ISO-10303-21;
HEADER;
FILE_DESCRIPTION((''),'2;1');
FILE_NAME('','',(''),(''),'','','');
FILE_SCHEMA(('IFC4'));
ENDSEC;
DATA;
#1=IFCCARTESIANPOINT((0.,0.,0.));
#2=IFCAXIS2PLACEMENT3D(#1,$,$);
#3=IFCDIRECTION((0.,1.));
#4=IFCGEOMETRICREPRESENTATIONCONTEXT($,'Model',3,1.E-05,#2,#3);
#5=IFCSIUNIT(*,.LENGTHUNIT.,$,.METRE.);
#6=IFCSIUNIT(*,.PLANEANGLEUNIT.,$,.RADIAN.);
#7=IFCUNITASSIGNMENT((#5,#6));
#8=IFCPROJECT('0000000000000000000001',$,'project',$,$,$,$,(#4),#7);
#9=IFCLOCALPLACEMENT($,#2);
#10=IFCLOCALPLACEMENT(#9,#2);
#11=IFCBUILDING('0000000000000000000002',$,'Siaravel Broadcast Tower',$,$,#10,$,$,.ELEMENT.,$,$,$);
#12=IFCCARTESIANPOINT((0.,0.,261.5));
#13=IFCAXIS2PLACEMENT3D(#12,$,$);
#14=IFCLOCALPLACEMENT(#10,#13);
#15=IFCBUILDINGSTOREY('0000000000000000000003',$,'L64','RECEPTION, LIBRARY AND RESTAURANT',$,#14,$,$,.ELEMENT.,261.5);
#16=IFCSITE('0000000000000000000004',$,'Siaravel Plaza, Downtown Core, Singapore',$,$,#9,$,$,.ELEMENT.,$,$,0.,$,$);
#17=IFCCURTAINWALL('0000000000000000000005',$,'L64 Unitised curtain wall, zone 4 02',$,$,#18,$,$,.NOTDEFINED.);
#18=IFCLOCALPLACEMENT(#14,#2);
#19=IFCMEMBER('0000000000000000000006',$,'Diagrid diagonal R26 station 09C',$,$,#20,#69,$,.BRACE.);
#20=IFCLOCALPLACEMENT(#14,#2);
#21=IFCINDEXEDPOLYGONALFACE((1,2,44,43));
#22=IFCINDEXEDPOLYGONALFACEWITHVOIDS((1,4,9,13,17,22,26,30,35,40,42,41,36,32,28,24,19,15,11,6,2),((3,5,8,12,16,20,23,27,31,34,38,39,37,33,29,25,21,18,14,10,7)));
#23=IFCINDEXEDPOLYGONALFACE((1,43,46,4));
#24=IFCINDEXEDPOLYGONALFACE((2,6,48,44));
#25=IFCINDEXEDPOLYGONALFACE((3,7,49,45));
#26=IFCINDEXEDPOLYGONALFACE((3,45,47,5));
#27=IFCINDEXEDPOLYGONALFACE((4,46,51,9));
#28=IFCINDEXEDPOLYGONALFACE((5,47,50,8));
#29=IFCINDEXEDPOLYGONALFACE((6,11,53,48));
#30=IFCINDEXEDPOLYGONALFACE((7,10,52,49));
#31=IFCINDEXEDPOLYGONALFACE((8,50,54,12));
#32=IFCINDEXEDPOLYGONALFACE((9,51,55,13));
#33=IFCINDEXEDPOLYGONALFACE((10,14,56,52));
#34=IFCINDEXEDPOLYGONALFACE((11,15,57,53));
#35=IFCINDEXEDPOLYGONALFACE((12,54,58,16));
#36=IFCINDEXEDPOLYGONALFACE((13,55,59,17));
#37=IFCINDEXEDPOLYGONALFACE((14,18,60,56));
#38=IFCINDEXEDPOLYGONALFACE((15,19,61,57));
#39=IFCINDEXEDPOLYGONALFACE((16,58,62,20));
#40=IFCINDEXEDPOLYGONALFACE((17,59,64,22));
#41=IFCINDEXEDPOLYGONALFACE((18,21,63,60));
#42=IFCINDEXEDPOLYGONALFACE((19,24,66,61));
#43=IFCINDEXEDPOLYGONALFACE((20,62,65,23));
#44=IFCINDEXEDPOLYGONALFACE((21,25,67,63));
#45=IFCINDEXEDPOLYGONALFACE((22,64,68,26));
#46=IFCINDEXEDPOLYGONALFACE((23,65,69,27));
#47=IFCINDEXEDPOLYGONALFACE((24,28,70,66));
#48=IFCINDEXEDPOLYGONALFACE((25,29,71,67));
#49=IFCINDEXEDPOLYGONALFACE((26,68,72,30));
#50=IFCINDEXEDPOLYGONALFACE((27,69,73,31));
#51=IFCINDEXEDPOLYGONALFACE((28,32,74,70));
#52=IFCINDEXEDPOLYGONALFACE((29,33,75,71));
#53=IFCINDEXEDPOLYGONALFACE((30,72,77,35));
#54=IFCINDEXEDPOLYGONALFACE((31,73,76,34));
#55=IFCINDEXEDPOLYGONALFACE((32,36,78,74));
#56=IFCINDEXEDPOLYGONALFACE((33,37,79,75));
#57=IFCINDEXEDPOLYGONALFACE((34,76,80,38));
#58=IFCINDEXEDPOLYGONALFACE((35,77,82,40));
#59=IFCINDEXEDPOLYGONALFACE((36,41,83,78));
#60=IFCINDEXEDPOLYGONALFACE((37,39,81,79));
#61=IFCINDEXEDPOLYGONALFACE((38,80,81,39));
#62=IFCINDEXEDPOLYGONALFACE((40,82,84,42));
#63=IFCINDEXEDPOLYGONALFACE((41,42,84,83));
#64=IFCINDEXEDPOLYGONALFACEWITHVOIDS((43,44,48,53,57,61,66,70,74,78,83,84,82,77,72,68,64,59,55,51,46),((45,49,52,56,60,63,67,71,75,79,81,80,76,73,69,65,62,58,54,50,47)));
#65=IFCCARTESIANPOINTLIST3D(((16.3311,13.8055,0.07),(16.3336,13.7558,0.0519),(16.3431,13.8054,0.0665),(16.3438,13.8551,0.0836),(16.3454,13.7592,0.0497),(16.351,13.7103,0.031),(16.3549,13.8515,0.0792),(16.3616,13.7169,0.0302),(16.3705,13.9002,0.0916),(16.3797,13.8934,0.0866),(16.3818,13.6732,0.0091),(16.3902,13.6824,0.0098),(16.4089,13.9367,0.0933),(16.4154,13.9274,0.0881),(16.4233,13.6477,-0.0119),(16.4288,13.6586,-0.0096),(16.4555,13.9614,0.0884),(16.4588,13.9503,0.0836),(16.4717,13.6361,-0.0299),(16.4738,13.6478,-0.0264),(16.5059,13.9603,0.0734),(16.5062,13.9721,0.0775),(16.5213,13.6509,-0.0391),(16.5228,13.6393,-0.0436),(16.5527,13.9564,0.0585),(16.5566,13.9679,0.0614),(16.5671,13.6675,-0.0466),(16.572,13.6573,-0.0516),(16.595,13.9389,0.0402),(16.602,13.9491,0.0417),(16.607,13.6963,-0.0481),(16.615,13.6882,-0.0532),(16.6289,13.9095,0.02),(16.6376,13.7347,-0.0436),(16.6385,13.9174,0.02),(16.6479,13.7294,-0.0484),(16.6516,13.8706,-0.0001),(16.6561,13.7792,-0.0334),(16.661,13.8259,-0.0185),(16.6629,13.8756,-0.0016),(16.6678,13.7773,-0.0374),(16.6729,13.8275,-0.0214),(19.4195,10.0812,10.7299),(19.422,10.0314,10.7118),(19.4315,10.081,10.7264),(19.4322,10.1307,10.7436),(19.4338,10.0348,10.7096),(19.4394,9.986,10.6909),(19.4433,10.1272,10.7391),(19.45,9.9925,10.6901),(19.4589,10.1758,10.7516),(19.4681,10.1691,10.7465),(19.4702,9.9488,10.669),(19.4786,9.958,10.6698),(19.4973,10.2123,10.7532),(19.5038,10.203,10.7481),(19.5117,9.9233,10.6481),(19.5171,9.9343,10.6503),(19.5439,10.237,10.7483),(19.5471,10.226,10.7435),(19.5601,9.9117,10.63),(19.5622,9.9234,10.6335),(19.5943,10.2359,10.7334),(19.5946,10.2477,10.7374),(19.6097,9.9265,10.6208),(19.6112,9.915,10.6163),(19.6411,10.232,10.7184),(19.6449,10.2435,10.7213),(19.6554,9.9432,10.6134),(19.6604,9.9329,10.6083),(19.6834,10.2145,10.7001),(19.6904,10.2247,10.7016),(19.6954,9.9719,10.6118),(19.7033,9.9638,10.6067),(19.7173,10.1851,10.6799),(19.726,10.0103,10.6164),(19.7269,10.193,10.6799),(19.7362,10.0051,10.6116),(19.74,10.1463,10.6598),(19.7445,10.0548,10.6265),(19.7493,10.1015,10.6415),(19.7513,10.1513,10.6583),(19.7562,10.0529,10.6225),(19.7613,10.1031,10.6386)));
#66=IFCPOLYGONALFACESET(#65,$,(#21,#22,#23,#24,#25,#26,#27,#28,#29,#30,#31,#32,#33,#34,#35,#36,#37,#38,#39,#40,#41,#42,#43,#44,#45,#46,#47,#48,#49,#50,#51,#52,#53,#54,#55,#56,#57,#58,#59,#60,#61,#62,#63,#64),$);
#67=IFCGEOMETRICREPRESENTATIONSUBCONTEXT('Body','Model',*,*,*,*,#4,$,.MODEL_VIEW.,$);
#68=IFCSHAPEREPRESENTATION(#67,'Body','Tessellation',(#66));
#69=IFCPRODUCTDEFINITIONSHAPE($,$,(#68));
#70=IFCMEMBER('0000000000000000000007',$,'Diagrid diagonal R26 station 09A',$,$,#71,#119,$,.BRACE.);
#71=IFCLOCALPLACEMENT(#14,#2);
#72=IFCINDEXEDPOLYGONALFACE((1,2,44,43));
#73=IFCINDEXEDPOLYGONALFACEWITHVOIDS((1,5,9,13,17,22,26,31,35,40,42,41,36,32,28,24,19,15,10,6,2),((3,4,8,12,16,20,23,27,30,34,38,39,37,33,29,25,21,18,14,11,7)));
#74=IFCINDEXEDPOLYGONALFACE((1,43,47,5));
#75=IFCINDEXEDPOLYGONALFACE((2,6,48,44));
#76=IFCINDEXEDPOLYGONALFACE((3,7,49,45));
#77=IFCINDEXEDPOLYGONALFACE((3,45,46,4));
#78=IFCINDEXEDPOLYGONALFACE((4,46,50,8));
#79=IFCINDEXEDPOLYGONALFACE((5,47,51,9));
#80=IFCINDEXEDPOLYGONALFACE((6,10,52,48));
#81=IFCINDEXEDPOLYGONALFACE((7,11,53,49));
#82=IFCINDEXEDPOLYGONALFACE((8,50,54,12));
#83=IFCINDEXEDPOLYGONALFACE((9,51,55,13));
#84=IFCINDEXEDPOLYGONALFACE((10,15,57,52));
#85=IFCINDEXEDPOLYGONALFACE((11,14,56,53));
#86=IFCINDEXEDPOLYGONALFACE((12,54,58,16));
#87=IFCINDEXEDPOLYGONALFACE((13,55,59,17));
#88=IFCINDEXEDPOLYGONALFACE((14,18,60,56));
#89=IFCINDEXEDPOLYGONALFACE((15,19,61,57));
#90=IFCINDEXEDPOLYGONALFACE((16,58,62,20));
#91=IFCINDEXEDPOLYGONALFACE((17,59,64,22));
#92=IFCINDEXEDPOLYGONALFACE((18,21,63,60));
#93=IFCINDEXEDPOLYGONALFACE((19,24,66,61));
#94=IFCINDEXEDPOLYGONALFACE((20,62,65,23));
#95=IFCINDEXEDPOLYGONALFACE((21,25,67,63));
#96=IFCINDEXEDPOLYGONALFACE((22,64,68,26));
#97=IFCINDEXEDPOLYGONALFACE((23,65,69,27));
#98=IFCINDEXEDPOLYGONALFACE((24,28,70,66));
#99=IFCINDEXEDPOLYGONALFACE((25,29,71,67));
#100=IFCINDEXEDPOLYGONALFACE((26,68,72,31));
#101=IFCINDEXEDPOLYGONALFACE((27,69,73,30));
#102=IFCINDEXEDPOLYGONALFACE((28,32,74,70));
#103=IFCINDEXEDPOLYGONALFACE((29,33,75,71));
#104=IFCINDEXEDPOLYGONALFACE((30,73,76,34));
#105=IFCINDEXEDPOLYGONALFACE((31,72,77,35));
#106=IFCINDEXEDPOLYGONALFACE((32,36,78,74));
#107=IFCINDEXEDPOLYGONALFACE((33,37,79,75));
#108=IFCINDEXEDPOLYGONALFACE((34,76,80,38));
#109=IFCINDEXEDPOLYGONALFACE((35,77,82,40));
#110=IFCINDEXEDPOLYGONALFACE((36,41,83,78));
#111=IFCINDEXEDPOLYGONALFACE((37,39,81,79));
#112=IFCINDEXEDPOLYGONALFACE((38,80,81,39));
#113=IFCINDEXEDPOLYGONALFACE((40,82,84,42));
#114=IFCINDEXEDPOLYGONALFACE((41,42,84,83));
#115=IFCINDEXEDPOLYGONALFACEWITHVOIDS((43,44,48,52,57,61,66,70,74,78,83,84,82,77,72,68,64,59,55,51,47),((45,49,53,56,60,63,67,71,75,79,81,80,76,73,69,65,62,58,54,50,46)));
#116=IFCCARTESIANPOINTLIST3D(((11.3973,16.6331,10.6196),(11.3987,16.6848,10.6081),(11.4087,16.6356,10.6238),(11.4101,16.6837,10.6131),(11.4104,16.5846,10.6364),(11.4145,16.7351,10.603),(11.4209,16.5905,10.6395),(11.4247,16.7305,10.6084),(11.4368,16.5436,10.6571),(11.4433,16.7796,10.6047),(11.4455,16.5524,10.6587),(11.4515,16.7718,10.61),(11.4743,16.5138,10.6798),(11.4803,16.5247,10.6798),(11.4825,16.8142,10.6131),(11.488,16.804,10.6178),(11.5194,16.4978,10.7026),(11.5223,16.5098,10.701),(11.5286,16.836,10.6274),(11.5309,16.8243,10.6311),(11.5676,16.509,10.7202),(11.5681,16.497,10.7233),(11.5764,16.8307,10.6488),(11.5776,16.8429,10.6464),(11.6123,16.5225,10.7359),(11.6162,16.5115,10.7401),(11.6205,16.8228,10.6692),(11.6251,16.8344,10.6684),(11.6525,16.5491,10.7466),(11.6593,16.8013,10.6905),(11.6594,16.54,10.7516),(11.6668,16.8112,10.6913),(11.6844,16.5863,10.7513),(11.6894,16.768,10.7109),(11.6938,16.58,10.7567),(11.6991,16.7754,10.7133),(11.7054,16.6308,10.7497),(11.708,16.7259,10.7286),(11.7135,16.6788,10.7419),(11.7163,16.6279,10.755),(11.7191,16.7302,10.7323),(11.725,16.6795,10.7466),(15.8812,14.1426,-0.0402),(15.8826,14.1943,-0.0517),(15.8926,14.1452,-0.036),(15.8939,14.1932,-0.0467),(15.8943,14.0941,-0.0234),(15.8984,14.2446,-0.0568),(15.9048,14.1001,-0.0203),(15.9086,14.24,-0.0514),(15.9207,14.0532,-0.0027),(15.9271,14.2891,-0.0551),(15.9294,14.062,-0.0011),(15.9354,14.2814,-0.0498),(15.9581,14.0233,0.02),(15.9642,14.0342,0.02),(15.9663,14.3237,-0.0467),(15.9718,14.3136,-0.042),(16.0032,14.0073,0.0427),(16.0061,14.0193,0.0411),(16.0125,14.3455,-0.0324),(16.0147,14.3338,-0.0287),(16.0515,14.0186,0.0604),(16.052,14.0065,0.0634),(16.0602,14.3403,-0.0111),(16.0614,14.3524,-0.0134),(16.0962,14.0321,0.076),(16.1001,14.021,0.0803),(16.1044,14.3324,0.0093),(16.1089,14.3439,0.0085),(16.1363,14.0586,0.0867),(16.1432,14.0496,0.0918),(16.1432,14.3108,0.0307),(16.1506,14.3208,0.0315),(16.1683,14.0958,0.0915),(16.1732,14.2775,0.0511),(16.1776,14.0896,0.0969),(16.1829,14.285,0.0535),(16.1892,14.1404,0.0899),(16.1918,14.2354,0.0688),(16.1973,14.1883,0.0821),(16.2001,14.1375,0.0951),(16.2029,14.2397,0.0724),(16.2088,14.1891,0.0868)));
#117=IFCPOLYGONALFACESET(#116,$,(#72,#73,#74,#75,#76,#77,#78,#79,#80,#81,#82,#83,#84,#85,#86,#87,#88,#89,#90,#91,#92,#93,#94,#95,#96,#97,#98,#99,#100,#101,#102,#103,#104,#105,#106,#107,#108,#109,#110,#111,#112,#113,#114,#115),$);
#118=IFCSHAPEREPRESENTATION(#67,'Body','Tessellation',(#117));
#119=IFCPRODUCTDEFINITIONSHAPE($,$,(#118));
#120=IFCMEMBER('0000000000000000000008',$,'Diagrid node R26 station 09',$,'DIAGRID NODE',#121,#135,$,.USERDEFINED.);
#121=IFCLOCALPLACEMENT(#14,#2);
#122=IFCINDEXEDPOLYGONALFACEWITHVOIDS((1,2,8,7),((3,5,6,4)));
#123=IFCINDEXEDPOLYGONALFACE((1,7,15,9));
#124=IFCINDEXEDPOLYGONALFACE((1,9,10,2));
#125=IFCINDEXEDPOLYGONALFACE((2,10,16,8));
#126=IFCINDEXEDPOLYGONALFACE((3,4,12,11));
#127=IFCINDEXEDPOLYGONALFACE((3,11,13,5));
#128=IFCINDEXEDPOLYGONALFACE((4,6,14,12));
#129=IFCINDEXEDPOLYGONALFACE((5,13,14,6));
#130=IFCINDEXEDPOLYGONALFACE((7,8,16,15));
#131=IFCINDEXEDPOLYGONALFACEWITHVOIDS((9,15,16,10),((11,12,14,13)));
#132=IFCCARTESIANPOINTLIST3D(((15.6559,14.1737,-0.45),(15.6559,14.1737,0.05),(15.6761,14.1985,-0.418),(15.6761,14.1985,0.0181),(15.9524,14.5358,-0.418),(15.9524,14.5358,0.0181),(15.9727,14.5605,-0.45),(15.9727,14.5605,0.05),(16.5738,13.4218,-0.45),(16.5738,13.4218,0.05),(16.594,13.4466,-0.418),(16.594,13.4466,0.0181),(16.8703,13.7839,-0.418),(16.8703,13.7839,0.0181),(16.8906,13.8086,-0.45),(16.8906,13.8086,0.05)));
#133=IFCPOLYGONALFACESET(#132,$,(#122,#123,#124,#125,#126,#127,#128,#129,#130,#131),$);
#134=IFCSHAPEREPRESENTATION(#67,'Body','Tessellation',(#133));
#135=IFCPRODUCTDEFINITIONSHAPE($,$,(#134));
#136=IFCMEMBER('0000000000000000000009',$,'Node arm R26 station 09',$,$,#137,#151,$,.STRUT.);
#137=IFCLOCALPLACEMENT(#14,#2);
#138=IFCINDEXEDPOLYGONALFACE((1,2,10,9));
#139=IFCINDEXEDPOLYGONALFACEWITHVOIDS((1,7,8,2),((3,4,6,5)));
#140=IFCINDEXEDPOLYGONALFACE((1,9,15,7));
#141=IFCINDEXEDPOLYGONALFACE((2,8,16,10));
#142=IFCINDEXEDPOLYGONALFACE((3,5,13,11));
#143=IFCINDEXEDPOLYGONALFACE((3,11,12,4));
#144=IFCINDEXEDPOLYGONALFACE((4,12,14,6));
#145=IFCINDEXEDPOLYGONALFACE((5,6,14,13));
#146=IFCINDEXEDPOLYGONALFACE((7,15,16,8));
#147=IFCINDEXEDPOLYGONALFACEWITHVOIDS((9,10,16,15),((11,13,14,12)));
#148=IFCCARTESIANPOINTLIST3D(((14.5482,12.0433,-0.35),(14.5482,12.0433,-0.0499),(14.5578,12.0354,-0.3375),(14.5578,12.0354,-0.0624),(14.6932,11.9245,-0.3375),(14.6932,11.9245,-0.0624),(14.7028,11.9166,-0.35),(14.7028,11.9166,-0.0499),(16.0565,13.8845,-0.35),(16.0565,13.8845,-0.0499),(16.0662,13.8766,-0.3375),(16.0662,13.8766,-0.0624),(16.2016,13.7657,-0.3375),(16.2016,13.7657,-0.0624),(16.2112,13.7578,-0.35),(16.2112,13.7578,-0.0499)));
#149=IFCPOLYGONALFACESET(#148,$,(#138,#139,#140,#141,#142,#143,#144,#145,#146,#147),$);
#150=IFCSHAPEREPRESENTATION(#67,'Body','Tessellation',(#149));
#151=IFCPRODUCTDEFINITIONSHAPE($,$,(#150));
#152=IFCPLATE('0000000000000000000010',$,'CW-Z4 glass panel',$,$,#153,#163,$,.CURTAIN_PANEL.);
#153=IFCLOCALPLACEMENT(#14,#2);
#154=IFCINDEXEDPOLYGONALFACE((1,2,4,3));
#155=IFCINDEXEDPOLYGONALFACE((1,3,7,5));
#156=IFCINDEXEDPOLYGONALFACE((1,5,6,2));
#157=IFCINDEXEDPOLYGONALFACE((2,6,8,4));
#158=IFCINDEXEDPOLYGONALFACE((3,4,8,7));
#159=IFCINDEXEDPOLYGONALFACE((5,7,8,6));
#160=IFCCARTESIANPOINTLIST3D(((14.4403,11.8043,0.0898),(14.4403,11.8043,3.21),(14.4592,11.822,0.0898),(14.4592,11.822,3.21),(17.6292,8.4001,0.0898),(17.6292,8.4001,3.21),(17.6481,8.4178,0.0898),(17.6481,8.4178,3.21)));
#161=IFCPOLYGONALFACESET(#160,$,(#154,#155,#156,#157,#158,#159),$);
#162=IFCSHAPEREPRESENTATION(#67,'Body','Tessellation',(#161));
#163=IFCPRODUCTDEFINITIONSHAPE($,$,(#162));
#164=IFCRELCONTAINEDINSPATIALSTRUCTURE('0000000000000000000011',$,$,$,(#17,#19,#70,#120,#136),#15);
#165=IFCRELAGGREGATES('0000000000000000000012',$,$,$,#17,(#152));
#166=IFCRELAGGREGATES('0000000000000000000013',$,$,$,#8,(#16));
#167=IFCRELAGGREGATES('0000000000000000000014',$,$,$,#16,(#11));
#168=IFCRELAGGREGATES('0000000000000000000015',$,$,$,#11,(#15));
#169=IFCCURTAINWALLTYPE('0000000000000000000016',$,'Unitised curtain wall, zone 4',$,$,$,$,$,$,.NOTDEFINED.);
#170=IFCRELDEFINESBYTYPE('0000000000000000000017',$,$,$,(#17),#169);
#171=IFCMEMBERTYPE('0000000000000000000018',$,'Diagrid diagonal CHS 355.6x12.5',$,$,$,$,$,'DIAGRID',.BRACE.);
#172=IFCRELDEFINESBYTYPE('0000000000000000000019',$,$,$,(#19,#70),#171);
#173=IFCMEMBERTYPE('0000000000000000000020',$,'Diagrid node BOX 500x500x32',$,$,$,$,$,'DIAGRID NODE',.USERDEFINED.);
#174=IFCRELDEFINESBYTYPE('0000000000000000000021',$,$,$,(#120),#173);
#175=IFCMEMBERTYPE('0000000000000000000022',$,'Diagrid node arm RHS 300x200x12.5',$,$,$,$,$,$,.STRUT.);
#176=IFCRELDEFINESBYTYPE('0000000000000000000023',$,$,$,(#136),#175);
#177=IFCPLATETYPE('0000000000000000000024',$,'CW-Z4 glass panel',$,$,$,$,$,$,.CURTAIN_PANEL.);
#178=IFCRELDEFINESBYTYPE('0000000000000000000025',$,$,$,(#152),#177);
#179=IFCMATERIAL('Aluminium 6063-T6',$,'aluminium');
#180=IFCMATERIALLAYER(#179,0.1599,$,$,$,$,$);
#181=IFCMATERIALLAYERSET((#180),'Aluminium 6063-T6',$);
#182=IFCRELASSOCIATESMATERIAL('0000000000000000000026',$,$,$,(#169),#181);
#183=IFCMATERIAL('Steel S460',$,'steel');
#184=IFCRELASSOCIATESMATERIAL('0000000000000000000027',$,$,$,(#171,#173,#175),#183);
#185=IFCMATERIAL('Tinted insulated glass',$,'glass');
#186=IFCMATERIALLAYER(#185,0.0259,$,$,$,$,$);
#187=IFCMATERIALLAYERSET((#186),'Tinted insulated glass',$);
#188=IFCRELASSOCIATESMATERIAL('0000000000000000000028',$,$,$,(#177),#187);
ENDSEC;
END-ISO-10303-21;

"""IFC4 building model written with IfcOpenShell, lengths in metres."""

from ifc_helpers import new_model, si_unit, direction, frame, origin, origin_2d, place, context, subcontext, project, spatial, rectangle, hollow_rectangle, hollow_circle, extrude, material, layer, layer_set, material_profile, profile_set, type_object, element, aggregate, save


model = new_model("IFC4")

# Units and contexts
model_context = context("Model", 3, precision=1e-05, world=origin(), true_north=direction((0.0, 1.0)))
body_context = subcontext(model_context, "Body", "Model", "MODEL_VIEW")
ifc_project = project(units=[si_unit("LENGTHUNIT", "METRE"), si_unit("PLANEANGLEUNIT", "RADIAN")], contexts=[model_context])

# Site, building, storey
site_placement = place(None, origin())
site = spatial("IfcSite", under=ifc_project, at=site_placement, Name="Siaravel Plaza, Downtown Core, Singapore", CompositionType="ELEMENT", RefElevation=0.0)
building_placement = place(site_placement, origin())
building = spatial("IfcBuilding", under=site, at=building_placement, Name="Siaravel Broadcast Tower", CompositionType="ELEMENT")
storey_placement = place(building_placement, frame((0.0, 0.0, 261.5)))
storey = spatial("IfcBuildingStorey", under=building, at=storey_placement, Name="L64", Description="RECEPTION, LIBRARY AND RESTAURANT", CompositionType="ELEMENT", Elevation=261.5)

# Shared definitions
ifc_material_1 = material(Name="Aluminium 6063-T6", Category="aluminium")
ifc_layer_1 = layer(ifc_material_1, 0.1599)
ifc_layer_set_1 = layer_set([ifc_layer_1], Name="Aluminium 6063-T6")
curtain_wall_type = type_object("IfcCurtainWallType", Name="Unitised curtain wall, zone 4", PredefinedType="NOTDEFINED", material=ifc_layer_set_1)

# Curtain wall
curtain_wall_1_placement = place(storey_placement, origin())
curtain_wall_1 = element("IfcCurtainWall", 1, at=curtain_wall_1_placement, inside=storey, type_object=curtain_wall_type, Name="L64 Unitised curtain wall, zone 4 02", PredefinedType="NOTDEFINED")

# Members
ifc_material_2 = material(Name="Steel S460", Category="steel")
ifc_material_profile_1 = material_profile(ifc_material_2, hollow_circle(Radius=0.1777, WallThickness=0.0125, at=origin_2d()))
ifc_profile_set_1 = profile_set([ifc_material_profile_1], Name="Steel S460")
member_type_1 = type_object("IfcMemberType", Name="Diagrid diagonal CHS 355.6x12.5", ElementType="DIAGRID", PredefinedType="BRACE", material=ifc_profile_set_1)
member_1_placement = place(storey_placement, frame((16.5017, 13.804, 0.02), z_axis=(0.263817, -0.318144, 0.910596), x_axis=(0.76977, 0.638321, 0.0)))
element("IfcMember", 2, at=member_1_placement, inside=storey, type_object=member_type_1, Name="Diagrid diagonal R26 station 09C", PredefinedType="BRACE", context=body_context, shape_type="SweptSolid", body=[
    extrude(hollow_circle(Radius=0.1777, WallThickness=0.0125, at=origin_2d()), origin(), (0.0, 0.0, 1.0), 11.7065),
])
member_2_placement = place(storey_placement, frame((16.0444, 14.1787, 0.02), z_axis=(-0.379037, 0.210528, 0.901115), x_axis=(-0.485558, -0.874204, 0.0)))
element("IfcMember", 3, at=member_2_placement, inside=storey, type_object=member_type_1, Name="Diagrid diagonal R26 station 09A", PredefinedType="BRACE", context=body_context, shape_type="SweptSolid", body=[
    extrude(hollow_circle(Radius=0.1777, WallThickness=0.0125, at=origin_2d()), origin(), (0.0, 0.0, 1.0), 11.8296),
])
ifc_material_profile_2 = material_profile(ifc_material_2, hollow_rectangle(XDim=0.5, YDim=0.5, WallThickness=0.032, at=origin_2d()))
ifc_profile_set_2 = profile_set([ifc_material_profile_2], Name="Steel S460")
member_type_2 = type_object("IfcMemberType", Name="Diagrid node BOX 500x500x32", ElementType="DIAGRID NODE", PredefinedType="USERDEFINED", material=ifc_profile_set_2)
member_3_placement = place(storey_placement, frame((16.7322, 13.6152, -0.2), z_axis=(-0.77359, 0.633686, 0.0), x_axis=(-0.633686, -0.77359, 0.0)))
element("IfcMember", 4, at=member_3_placement, inside=storey, type_object=member_type_2, Name="Diagrid node R26 station 09", ObjectType="DIAGRID NODE", PredefinedType="USERDEFINED", context=body_context, shape_type="SweptSolid", body=[
    extrude(hollow_rectangle(XDim=0.5, YDim=0.5, WallThickness=0.032, at=origin_2d()), origin(), (0.0, 0.0, 1.0), 1.1865),
])
ifc_material_profile_3 = material_profile(ifc_material_2, hollow_rectangle(XDim=0.2, YDim=0.3, WallThickness=0.0125, at=origin_2d()))
ifc_profile_set_3 = profile_set([ifc_material_profile_3], Name="Steel S460")
member_type_3 = type_object("IfcMemberType", Name="Diagrid node arm RHS 300x200x12.5", PredefinedType="STRUT", material=ifc_profile_set_3)
member_4_placement = place(storey_placement, frame((14.6255, 11.98, -0.2), z_axis=(0.633735, 0.77355, 0.0), x_axis=(-0.77355, 0.633735, 0.0)))
element("IfcMember", 5, at=member_4_placement, inside=storey, type_object=member_type_3, Name="Node arm R26 station 09", PredefinedType="STRUT", context=body_context, shape_type="SweptSolid", body=[
    extrude(hollow_rectangle(XDim=0.2, YDim=0.3, WallThickness=0.0125, at=origin_2d()), origin(), (0.0, 0.0, 1.0), 2.3801),
])

# Plate
ifc_material_3 = material(Name="Tinted insulated glass", Category="glass")
ifc_layer_2 = layer(ifc_material_3, 0.0259)
ifc_layer_set_2 = layer_set([ifc_layer_2], Name="Tinted insulated glass")
plate_type = type_object("IfcPlateType", Name="CW-Z4 glass panel", PredefinedType="CURTAIN_PANEL", material=ifc_layer_set_2)
plate_placement = place(storey_placement, frame((16.0442, 10.1111, 0.0898), z_axis=(0.0, 0.0, 1.0), x_axis=(-0.683653, 0.729807, 0.0)))
plate = element("IfcPlate", 6, at=plate_placement, type_object=plate_type, Name="CW-Z4 glass panel", PredefinedType="CURTAIN_PANEL", context=body_context, shape_type="SweptSolid", body=[
    extrude(rectangle(XDim=4.6646, YDim=0.0259, at=origin_2d()), origin(), (0.0, 0.0, 1.0), 3.1201),
])
aggregate(curtain_wall_1, [plate])

save(model, "model.ifc")
